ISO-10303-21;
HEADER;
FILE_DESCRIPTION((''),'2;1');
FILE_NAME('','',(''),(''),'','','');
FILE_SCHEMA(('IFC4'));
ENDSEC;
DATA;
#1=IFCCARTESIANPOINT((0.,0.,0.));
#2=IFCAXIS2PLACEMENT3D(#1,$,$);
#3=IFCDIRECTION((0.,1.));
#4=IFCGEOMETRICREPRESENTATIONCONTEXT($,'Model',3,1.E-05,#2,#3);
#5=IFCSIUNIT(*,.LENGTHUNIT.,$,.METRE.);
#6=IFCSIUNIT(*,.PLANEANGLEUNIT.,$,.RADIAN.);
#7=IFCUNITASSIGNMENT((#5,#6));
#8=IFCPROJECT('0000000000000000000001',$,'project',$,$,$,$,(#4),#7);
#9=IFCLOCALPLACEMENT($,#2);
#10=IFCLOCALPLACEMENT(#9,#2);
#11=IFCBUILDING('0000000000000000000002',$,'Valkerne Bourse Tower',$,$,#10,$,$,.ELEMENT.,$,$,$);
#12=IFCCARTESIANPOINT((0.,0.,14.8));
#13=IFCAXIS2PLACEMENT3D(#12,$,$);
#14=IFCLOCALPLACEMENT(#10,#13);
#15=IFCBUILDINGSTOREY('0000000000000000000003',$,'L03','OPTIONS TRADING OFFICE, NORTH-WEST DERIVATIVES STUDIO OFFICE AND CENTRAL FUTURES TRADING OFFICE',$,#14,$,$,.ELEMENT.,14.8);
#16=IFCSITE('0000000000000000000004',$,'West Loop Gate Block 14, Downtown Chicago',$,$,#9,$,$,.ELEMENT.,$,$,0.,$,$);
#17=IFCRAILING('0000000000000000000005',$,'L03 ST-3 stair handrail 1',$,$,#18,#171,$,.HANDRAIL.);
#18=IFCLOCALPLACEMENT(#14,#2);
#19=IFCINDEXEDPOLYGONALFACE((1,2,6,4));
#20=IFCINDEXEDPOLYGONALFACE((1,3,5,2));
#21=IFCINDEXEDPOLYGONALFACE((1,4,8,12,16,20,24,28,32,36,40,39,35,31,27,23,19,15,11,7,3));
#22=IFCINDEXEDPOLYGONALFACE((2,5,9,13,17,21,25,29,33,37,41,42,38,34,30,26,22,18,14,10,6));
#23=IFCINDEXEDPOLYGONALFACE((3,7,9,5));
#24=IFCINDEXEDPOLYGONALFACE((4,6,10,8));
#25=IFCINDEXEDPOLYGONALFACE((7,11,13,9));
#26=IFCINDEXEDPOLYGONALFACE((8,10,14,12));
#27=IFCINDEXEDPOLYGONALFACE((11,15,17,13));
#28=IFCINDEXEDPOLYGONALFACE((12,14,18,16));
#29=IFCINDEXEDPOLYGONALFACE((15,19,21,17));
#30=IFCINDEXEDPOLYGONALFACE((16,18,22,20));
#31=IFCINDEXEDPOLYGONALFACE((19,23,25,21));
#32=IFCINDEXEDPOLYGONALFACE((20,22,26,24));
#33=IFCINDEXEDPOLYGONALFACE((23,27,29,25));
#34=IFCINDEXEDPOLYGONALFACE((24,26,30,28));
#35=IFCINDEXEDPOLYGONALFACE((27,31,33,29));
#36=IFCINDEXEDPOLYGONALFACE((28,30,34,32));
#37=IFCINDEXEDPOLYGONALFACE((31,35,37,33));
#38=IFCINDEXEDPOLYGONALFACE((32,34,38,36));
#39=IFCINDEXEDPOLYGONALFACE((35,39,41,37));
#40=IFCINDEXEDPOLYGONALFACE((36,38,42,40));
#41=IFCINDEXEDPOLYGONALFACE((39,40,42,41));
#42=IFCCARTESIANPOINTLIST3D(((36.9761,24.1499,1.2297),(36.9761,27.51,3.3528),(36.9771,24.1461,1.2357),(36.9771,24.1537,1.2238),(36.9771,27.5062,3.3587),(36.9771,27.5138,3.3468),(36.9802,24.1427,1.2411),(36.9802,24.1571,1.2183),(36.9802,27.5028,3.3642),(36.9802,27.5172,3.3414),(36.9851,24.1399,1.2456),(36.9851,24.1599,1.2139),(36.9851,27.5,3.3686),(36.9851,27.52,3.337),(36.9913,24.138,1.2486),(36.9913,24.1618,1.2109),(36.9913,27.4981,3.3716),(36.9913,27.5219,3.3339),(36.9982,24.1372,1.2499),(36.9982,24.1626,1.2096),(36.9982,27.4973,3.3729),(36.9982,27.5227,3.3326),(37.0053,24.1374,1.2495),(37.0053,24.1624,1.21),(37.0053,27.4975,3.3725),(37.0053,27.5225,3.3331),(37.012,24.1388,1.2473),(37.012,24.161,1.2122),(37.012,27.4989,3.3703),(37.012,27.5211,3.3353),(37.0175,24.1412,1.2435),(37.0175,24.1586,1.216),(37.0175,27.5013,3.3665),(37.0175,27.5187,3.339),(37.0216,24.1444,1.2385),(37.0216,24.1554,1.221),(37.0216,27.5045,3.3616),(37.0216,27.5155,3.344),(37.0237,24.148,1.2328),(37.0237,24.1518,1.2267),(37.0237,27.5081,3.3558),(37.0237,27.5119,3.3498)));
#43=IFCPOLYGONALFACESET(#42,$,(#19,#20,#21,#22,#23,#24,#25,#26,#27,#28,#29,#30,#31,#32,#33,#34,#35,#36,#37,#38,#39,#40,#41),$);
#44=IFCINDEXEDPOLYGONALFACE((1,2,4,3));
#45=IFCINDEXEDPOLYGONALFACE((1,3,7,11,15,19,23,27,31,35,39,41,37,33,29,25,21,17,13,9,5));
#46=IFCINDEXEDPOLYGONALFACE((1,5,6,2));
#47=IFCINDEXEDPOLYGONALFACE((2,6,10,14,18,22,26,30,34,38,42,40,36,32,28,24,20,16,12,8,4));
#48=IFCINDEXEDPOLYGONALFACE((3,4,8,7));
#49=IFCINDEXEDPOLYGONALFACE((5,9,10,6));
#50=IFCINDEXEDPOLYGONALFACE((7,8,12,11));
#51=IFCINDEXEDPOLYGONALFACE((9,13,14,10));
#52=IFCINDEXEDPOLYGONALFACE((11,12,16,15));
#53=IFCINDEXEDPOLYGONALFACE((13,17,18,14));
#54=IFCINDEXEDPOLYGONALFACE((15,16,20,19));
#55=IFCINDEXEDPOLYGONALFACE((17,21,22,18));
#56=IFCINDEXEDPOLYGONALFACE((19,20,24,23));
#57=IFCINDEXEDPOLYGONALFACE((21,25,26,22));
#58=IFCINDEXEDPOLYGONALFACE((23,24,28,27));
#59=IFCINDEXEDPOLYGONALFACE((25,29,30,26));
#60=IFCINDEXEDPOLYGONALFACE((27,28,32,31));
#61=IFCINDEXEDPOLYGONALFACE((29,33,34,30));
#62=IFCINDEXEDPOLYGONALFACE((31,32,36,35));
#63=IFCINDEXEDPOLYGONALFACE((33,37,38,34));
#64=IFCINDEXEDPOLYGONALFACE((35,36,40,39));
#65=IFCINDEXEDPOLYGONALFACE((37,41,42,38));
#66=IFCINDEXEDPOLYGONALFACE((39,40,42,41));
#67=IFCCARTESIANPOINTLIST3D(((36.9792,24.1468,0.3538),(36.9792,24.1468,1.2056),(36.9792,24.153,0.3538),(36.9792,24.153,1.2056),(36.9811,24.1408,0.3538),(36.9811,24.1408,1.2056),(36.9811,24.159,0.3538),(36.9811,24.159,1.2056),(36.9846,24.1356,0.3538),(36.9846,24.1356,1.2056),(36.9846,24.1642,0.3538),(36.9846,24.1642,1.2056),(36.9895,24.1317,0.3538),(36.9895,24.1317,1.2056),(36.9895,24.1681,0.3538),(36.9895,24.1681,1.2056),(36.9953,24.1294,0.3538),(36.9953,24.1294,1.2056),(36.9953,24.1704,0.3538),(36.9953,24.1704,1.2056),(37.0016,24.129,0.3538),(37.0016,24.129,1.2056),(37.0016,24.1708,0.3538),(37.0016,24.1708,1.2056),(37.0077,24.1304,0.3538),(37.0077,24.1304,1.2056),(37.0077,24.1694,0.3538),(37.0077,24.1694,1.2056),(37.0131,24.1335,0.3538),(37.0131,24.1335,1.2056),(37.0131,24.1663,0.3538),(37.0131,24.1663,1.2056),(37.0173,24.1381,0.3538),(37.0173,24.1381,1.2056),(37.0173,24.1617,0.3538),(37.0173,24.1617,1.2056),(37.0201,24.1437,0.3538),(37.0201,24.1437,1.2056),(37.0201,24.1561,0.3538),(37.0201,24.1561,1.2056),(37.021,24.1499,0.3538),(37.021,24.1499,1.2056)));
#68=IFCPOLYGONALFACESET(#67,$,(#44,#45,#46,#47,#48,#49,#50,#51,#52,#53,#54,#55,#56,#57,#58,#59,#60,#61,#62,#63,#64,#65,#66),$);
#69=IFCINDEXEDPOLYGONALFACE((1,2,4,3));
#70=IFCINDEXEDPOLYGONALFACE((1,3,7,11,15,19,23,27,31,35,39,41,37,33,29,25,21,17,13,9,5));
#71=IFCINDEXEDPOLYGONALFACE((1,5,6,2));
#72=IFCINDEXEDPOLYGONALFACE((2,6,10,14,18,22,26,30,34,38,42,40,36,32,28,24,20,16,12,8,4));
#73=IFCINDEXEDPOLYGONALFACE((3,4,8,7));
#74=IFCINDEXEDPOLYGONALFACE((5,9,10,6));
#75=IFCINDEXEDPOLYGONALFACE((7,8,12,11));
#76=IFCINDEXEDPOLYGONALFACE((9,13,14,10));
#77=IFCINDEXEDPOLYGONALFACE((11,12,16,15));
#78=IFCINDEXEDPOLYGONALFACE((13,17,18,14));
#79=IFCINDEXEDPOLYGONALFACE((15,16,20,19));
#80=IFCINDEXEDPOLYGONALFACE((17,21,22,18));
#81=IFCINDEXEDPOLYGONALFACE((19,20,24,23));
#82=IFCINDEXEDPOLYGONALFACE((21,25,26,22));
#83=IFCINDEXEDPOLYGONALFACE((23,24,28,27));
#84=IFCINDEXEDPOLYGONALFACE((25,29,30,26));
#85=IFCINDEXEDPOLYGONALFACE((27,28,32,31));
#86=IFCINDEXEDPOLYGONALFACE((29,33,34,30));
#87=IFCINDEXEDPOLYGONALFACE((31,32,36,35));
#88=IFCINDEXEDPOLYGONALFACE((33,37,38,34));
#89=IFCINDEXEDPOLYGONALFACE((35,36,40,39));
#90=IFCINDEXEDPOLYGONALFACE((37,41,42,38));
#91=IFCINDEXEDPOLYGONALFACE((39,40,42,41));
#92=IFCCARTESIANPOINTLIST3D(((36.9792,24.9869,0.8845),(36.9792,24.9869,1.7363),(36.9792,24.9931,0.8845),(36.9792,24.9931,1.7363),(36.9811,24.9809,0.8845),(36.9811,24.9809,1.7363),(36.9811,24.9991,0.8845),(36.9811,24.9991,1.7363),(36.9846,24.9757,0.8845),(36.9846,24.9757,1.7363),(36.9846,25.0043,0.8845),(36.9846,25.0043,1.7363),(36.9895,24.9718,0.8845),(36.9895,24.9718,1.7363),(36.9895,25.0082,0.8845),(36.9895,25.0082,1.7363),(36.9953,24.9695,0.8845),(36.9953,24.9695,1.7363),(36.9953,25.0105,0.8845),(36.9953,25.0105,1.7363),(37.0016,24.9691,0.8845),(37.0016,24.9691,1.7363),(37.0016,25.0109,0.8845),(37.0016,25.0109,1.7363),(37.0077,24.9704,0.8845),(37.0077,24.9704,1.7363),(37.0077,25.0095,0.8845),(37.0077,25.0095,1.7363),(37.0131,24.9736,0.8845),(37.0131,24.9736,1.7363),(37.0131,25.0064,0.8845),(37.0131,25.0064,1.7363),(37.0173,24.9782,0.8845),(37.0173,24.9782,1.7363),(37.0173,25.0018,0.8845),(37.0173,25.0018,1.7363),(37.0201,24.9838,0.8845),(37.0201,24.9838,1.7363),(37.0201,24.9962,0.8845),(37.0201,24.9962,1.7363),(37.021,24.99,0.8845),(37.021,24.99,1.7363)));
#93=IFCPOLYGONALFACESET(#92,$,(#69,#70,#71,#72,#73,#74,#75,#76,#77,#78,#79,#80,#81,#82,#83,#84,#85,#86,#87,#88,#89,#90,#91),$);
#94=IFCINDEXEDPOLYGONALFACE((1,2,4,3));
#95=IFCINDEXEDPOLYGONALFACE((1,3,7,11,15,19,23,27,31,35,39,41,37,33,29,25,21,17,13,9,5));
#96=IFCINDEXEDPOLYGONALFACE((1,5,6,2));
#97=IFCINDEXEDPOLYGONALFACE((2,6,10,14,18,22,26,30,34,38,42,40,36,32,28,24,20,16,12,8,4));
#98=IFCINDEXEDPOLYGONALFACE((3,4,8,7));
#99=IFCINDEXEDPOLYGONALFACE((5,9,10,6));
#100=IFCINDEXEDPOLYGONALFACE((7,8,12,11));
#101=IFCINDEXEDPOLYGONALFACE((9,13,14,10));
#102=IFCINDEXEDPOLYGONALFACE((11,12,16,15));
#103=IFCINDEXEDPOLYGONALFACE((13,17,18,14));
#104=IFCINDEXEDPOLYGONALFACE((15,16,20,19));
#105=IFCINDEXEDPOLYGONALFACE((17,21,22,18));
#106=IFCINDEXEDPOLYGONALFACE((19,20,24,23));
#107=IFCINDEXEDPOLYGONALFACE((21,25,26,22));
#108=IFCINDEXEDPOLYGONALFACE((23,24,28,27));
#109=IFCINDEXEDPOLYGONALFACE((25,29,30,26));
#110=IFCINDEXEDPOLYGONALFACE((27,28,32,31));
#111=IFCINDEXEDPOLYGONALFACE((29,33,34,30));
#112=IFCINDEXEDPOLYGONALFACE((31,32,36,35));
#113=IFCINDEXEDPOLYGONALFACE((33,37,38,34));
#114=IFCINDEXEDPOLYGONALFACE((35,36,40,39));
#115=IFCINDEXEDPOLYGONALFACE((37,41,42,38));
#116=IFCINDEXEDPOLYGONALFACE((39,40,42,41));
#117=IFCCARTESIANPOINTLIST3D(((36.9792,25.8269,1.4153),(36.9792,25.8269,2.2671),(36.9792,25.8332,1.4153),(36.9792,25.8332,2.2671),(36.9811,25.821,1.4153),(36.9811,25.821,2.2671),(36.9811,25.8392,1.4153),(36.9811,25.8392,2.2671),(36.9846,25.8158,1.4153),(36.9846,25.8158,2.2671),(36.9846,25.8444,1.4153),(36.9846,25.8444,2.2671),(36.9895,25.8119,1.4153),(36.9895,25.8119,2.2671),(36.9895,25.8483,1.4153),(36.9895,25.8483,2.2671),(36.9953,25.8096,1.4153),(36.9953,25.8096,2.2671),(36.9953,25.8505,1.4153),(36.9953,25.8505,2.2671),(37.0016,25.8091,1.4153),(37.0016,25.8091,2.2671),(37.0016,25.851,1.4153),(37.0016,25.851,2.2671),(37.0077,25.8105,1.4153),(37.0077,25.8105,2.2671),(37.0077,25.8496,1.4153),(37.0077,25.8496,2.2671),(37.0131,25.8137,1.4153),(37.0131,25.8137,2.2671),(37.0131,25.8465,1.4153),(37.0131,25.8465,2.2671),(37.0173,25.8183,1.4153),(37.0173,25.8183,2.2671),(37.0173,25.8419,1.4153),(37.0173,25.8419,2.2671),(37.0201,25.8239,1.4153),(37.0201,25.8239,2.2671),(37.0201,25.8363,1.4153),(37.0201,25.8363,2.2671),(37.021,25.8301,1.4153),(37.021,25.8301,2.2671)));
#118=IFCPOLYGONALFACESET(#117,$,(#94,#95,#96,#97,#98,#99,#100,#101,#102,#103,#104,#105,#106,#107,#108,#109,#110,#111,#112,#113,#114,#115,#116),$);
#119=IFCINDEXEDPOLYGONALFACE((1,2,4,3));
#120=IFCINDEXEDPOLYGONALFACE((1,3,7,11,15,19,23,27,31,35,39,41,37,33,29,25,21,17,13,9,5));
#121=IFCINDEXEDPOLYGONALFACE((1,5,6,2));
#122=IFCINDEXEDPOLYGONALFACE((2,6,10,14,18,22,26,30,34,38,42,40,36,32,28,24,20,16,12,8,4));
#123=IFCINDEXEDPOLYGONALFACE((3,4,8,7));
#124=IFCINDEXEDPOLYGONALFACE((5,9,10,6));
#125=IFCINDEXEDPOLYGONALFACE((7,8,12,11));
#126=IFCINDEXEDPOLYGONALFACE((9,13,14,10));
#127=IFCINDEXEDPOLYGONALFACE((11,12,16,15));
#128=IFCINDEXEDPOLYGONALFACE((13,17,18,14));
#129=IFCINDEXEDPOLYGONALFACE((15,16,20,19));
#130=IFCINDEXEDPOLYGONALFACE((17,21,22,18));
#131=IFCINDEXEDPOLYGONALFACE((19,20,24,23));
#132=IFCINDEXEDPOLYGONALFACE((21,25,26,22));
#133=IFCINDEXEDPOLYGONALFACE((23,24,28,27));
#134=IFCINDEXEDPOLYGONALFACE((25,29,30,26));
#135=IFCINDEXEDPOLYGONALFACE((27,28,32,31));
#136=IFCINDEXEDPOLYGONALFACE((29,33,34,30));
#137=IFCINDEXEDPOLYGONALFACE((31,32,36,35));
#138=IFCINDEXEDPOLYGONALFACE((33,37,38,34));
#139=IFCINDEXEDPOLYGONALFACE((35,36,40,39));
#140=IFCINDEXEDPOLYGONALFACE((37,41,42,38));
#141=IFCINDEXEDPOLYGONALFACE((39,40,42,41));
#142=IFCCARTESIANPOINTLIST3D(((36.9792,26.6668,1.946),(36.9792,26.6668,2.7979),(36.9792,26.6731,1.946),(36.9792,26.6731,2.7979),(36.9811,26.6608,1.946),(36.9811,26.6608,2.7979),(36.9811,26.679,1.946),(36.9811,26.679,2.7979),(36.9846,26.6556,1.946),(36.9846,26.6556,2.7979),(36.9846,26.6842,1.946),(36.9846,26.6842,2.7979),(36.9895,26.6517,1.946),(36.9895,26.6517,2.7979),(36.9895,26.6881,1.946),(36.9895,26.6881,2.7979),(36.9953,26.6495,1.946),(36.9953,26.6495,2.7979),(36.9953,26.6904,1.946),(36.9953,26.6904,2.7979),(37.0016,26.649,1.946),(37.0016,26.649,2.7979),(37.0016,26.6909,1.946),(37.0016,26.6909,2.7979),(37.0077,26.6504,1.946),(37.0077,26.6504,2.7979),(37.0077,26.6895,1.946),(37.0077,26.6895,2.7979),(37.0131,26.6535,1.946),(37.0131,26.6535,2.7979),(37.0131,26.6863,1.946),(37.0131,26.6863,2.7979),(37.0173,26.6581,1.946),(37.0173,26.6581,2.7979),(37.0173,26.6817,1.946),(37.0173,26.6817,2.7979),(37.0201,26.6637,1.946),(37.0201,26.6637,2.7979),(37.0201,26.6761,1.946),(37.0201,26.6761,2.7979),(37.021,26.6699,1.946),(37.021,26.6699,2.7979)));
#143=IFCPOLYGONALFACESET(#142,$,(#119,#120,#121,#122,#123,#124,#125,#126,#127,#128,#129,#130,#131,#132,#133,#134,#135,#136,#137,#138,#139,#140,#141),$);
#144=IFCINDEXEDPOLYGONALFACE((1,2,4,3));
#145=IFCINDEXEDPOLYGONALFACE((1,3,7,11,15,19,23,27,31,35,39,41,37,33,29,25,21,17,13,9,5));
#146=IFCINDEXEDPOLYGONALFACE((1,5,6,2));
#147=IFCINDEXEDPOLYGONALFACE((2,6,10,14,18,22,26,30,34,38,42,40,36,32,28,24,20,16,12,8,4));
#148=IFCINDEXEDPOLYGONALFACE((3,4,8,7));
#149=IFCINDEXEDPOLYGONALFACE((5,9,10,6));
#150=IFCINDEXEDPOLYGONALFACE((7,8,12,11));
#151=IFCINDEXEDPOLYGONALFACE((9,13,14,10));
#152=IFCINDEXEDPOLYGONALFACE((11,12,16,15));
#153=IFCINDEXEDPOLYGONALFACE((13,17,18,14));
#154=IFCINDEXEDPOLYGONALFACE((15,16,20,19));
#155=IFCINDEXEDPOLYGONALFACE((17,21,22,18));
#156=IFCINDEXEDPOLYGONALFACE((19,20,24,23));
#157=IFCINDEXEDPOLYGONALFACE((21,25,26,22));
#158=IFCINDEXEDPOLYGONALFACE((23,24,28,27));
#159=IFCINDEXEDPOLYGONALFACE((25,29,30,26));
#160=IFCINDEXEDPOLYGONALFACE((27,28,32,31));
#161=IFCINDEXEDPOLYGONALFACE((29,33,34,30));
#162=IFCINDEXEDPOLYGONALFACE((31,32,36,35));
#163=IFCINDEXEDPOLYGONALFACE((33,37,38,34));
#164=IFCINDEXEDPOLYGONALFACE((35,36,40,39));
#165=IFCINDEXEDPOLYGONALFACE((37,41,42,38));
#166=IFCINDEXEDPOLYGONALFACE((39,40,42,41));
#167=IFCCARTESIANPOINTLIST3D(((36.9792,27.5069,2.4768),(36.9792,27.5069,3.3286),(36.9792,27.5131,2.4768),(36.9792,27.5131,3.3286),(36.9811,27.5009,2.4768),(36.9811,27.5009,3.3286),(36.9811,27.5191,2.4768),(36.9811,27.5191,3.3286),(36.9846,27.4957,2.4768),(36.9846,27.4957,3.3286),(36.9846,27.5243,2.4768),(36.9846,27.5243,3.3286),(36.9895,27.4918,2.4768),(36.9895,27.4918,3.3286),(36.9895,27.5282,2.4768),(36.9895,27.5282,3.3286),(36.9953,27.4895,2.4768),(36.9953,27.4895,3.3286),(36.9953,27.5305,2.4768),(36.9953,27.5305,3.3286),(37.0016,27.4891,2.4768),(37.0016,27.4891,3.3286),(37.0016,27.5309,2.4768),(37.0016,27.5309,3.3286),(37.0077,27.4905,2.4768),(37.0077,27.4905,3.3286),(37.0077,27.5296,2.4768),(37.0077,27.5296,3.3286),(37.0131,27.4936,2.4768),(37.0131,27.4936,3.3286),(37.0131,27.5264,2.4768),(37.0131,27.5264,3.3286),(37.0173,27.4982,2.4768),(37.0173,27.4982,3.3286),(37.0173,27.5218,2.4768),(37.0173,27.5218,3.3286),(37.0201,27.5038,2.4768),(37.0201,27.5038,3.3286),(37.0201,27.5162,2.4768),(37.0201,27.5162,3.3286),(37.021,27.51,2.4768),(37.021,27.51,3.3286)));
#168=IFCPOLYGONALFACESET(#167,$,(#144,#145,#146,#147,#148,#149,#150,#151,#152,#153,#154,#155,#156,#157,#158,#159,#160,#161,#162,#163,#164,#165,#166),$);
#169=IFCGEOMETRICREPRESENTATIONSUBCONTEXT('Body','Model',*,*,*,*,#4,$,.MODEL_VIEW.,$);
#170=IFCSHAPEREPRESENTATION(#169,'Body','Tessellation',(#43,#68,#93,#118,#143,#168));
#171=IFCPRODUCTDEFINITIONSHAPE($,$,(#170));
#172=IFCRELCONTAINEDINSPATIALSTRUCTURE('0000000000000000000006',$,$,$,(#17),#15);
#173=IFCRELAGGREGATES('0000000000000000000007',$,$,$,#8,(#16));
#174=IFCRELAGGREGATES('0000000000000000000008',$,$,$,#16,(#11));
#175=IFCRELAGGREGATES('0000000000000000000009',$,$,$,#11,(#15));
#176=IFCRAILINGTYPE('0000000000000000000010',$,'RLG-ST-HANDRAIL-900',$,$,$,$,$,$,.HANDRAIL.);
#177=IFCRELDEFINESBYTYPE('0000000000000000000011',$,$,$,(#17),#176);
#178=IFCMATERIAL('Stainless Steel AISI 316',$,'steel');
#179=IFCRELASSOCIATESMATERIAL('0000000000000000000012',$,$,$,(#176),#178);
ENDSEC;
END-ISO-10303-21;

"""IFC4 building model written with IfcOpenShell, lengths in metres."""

from ifc_helpers import new_model, si_unit, direction, frame, origin, origin_2d, place, context, subcontext, project, spatial, circle, extrude, material, type_object, element, save


model = new_model("IFC4")

# Units and contexts
model_context = context("Model", 3, precision=1e-05, world=origin(), true_north=direction((0.0, 1.0)))
body_context = subcontext(model_context, "Body", "Model", "MODEL_VIEW")
ifc_project = project(units=[si_unit("LENGTHUNIT", "METRE"), si_unit("PLANEANGLEUNIT", "RADIAN")], contexts=[model_context])

# Site, building, storey
site_placement = place(None, origin())
site = spatial("IfcSite", under=ifc_project, at=site_placement, Name="West Loop Gate Block 14, Downtown Chicago", CompositionType="ELEMENT", RefElevation=0.0)
building_placement = place(site_placement, origin())
building = spatial("IfcBuilding", under=site, at=building_placement, Name="Valkerne Bourse Tower", CompositionType="ELEMENT")
storey_placement = place(building_placement, frame((0.0, 0.0, 14.8)))
storey = spatial("IfcBuildingStorey", under=building, at=storey_placement, Name="L03", Description="OPTIONS TRADING OFFICE, NORTH-WEST DERIVATIVES STUDIO OFFICE AND CENTRAL FUTURES TRADING OFFICE", CompositionType="ELEMENT", Elevation=14.8)

# Railing
ifc_material_1 = material(Name="Stainless Steel AISI 316", Category="steel")
railing_type_1 = type_object("IfcRailingType", Name="RLG-ST-HANDRAIL-900", PredefinedType="HANDRAIL", material=ifc_material_1)
railing_1_placement = place(storey_placement, frame((37.0, 24.1499, 0.3538)))
element("IfcRailing", 1, at=railing_1_placement, inside=storey, type_object=railing_type_1, Name="L03 ST-3 stair handrail 1", PredefinedType="HANDRAIL", context=body_context, shape_type="SweptSolid", body=[
    extrude(circle(Radius=0.0239, at=origin_2d()), frame((0.0, 0.0, 0.876), z_axis=(0.0, 0.84539, 0.53415), x_axis=(-1.0, 0.0, 0.0)), (0.0, 0.0, 1.0), 3.9746),
    extrude(circle(Radius=0.021, at=origin_2d()), origin(), (0.0, 0.0, 1.0), 0.8518),
    extrude(circle(Radius=0.021, at=origin_2d()), frame((0.0, 0.8401, 0.5308)), (0.0, 0.0, 1.0), 0.8518),
    extrude(circle(Radius=0.021, at=origin_2d()), frame((0.0, 1.6802, 1.0615)), (0.0, 0.0, 1.0), 0.8518),
    extrude(circle(Radius=0.021, at=origin_2d()), frame((0.0, 2.52, 1.5923)), (0.0, 0.0, 1.0), 0.8518),
    extrude(circle(Radius=0.021, at=origin_2d()), frame((0.0, 3.3601, 2.123)), (0.0, 0.0, 1.0), 0.8518),
])

save(model, "model.ifc")
